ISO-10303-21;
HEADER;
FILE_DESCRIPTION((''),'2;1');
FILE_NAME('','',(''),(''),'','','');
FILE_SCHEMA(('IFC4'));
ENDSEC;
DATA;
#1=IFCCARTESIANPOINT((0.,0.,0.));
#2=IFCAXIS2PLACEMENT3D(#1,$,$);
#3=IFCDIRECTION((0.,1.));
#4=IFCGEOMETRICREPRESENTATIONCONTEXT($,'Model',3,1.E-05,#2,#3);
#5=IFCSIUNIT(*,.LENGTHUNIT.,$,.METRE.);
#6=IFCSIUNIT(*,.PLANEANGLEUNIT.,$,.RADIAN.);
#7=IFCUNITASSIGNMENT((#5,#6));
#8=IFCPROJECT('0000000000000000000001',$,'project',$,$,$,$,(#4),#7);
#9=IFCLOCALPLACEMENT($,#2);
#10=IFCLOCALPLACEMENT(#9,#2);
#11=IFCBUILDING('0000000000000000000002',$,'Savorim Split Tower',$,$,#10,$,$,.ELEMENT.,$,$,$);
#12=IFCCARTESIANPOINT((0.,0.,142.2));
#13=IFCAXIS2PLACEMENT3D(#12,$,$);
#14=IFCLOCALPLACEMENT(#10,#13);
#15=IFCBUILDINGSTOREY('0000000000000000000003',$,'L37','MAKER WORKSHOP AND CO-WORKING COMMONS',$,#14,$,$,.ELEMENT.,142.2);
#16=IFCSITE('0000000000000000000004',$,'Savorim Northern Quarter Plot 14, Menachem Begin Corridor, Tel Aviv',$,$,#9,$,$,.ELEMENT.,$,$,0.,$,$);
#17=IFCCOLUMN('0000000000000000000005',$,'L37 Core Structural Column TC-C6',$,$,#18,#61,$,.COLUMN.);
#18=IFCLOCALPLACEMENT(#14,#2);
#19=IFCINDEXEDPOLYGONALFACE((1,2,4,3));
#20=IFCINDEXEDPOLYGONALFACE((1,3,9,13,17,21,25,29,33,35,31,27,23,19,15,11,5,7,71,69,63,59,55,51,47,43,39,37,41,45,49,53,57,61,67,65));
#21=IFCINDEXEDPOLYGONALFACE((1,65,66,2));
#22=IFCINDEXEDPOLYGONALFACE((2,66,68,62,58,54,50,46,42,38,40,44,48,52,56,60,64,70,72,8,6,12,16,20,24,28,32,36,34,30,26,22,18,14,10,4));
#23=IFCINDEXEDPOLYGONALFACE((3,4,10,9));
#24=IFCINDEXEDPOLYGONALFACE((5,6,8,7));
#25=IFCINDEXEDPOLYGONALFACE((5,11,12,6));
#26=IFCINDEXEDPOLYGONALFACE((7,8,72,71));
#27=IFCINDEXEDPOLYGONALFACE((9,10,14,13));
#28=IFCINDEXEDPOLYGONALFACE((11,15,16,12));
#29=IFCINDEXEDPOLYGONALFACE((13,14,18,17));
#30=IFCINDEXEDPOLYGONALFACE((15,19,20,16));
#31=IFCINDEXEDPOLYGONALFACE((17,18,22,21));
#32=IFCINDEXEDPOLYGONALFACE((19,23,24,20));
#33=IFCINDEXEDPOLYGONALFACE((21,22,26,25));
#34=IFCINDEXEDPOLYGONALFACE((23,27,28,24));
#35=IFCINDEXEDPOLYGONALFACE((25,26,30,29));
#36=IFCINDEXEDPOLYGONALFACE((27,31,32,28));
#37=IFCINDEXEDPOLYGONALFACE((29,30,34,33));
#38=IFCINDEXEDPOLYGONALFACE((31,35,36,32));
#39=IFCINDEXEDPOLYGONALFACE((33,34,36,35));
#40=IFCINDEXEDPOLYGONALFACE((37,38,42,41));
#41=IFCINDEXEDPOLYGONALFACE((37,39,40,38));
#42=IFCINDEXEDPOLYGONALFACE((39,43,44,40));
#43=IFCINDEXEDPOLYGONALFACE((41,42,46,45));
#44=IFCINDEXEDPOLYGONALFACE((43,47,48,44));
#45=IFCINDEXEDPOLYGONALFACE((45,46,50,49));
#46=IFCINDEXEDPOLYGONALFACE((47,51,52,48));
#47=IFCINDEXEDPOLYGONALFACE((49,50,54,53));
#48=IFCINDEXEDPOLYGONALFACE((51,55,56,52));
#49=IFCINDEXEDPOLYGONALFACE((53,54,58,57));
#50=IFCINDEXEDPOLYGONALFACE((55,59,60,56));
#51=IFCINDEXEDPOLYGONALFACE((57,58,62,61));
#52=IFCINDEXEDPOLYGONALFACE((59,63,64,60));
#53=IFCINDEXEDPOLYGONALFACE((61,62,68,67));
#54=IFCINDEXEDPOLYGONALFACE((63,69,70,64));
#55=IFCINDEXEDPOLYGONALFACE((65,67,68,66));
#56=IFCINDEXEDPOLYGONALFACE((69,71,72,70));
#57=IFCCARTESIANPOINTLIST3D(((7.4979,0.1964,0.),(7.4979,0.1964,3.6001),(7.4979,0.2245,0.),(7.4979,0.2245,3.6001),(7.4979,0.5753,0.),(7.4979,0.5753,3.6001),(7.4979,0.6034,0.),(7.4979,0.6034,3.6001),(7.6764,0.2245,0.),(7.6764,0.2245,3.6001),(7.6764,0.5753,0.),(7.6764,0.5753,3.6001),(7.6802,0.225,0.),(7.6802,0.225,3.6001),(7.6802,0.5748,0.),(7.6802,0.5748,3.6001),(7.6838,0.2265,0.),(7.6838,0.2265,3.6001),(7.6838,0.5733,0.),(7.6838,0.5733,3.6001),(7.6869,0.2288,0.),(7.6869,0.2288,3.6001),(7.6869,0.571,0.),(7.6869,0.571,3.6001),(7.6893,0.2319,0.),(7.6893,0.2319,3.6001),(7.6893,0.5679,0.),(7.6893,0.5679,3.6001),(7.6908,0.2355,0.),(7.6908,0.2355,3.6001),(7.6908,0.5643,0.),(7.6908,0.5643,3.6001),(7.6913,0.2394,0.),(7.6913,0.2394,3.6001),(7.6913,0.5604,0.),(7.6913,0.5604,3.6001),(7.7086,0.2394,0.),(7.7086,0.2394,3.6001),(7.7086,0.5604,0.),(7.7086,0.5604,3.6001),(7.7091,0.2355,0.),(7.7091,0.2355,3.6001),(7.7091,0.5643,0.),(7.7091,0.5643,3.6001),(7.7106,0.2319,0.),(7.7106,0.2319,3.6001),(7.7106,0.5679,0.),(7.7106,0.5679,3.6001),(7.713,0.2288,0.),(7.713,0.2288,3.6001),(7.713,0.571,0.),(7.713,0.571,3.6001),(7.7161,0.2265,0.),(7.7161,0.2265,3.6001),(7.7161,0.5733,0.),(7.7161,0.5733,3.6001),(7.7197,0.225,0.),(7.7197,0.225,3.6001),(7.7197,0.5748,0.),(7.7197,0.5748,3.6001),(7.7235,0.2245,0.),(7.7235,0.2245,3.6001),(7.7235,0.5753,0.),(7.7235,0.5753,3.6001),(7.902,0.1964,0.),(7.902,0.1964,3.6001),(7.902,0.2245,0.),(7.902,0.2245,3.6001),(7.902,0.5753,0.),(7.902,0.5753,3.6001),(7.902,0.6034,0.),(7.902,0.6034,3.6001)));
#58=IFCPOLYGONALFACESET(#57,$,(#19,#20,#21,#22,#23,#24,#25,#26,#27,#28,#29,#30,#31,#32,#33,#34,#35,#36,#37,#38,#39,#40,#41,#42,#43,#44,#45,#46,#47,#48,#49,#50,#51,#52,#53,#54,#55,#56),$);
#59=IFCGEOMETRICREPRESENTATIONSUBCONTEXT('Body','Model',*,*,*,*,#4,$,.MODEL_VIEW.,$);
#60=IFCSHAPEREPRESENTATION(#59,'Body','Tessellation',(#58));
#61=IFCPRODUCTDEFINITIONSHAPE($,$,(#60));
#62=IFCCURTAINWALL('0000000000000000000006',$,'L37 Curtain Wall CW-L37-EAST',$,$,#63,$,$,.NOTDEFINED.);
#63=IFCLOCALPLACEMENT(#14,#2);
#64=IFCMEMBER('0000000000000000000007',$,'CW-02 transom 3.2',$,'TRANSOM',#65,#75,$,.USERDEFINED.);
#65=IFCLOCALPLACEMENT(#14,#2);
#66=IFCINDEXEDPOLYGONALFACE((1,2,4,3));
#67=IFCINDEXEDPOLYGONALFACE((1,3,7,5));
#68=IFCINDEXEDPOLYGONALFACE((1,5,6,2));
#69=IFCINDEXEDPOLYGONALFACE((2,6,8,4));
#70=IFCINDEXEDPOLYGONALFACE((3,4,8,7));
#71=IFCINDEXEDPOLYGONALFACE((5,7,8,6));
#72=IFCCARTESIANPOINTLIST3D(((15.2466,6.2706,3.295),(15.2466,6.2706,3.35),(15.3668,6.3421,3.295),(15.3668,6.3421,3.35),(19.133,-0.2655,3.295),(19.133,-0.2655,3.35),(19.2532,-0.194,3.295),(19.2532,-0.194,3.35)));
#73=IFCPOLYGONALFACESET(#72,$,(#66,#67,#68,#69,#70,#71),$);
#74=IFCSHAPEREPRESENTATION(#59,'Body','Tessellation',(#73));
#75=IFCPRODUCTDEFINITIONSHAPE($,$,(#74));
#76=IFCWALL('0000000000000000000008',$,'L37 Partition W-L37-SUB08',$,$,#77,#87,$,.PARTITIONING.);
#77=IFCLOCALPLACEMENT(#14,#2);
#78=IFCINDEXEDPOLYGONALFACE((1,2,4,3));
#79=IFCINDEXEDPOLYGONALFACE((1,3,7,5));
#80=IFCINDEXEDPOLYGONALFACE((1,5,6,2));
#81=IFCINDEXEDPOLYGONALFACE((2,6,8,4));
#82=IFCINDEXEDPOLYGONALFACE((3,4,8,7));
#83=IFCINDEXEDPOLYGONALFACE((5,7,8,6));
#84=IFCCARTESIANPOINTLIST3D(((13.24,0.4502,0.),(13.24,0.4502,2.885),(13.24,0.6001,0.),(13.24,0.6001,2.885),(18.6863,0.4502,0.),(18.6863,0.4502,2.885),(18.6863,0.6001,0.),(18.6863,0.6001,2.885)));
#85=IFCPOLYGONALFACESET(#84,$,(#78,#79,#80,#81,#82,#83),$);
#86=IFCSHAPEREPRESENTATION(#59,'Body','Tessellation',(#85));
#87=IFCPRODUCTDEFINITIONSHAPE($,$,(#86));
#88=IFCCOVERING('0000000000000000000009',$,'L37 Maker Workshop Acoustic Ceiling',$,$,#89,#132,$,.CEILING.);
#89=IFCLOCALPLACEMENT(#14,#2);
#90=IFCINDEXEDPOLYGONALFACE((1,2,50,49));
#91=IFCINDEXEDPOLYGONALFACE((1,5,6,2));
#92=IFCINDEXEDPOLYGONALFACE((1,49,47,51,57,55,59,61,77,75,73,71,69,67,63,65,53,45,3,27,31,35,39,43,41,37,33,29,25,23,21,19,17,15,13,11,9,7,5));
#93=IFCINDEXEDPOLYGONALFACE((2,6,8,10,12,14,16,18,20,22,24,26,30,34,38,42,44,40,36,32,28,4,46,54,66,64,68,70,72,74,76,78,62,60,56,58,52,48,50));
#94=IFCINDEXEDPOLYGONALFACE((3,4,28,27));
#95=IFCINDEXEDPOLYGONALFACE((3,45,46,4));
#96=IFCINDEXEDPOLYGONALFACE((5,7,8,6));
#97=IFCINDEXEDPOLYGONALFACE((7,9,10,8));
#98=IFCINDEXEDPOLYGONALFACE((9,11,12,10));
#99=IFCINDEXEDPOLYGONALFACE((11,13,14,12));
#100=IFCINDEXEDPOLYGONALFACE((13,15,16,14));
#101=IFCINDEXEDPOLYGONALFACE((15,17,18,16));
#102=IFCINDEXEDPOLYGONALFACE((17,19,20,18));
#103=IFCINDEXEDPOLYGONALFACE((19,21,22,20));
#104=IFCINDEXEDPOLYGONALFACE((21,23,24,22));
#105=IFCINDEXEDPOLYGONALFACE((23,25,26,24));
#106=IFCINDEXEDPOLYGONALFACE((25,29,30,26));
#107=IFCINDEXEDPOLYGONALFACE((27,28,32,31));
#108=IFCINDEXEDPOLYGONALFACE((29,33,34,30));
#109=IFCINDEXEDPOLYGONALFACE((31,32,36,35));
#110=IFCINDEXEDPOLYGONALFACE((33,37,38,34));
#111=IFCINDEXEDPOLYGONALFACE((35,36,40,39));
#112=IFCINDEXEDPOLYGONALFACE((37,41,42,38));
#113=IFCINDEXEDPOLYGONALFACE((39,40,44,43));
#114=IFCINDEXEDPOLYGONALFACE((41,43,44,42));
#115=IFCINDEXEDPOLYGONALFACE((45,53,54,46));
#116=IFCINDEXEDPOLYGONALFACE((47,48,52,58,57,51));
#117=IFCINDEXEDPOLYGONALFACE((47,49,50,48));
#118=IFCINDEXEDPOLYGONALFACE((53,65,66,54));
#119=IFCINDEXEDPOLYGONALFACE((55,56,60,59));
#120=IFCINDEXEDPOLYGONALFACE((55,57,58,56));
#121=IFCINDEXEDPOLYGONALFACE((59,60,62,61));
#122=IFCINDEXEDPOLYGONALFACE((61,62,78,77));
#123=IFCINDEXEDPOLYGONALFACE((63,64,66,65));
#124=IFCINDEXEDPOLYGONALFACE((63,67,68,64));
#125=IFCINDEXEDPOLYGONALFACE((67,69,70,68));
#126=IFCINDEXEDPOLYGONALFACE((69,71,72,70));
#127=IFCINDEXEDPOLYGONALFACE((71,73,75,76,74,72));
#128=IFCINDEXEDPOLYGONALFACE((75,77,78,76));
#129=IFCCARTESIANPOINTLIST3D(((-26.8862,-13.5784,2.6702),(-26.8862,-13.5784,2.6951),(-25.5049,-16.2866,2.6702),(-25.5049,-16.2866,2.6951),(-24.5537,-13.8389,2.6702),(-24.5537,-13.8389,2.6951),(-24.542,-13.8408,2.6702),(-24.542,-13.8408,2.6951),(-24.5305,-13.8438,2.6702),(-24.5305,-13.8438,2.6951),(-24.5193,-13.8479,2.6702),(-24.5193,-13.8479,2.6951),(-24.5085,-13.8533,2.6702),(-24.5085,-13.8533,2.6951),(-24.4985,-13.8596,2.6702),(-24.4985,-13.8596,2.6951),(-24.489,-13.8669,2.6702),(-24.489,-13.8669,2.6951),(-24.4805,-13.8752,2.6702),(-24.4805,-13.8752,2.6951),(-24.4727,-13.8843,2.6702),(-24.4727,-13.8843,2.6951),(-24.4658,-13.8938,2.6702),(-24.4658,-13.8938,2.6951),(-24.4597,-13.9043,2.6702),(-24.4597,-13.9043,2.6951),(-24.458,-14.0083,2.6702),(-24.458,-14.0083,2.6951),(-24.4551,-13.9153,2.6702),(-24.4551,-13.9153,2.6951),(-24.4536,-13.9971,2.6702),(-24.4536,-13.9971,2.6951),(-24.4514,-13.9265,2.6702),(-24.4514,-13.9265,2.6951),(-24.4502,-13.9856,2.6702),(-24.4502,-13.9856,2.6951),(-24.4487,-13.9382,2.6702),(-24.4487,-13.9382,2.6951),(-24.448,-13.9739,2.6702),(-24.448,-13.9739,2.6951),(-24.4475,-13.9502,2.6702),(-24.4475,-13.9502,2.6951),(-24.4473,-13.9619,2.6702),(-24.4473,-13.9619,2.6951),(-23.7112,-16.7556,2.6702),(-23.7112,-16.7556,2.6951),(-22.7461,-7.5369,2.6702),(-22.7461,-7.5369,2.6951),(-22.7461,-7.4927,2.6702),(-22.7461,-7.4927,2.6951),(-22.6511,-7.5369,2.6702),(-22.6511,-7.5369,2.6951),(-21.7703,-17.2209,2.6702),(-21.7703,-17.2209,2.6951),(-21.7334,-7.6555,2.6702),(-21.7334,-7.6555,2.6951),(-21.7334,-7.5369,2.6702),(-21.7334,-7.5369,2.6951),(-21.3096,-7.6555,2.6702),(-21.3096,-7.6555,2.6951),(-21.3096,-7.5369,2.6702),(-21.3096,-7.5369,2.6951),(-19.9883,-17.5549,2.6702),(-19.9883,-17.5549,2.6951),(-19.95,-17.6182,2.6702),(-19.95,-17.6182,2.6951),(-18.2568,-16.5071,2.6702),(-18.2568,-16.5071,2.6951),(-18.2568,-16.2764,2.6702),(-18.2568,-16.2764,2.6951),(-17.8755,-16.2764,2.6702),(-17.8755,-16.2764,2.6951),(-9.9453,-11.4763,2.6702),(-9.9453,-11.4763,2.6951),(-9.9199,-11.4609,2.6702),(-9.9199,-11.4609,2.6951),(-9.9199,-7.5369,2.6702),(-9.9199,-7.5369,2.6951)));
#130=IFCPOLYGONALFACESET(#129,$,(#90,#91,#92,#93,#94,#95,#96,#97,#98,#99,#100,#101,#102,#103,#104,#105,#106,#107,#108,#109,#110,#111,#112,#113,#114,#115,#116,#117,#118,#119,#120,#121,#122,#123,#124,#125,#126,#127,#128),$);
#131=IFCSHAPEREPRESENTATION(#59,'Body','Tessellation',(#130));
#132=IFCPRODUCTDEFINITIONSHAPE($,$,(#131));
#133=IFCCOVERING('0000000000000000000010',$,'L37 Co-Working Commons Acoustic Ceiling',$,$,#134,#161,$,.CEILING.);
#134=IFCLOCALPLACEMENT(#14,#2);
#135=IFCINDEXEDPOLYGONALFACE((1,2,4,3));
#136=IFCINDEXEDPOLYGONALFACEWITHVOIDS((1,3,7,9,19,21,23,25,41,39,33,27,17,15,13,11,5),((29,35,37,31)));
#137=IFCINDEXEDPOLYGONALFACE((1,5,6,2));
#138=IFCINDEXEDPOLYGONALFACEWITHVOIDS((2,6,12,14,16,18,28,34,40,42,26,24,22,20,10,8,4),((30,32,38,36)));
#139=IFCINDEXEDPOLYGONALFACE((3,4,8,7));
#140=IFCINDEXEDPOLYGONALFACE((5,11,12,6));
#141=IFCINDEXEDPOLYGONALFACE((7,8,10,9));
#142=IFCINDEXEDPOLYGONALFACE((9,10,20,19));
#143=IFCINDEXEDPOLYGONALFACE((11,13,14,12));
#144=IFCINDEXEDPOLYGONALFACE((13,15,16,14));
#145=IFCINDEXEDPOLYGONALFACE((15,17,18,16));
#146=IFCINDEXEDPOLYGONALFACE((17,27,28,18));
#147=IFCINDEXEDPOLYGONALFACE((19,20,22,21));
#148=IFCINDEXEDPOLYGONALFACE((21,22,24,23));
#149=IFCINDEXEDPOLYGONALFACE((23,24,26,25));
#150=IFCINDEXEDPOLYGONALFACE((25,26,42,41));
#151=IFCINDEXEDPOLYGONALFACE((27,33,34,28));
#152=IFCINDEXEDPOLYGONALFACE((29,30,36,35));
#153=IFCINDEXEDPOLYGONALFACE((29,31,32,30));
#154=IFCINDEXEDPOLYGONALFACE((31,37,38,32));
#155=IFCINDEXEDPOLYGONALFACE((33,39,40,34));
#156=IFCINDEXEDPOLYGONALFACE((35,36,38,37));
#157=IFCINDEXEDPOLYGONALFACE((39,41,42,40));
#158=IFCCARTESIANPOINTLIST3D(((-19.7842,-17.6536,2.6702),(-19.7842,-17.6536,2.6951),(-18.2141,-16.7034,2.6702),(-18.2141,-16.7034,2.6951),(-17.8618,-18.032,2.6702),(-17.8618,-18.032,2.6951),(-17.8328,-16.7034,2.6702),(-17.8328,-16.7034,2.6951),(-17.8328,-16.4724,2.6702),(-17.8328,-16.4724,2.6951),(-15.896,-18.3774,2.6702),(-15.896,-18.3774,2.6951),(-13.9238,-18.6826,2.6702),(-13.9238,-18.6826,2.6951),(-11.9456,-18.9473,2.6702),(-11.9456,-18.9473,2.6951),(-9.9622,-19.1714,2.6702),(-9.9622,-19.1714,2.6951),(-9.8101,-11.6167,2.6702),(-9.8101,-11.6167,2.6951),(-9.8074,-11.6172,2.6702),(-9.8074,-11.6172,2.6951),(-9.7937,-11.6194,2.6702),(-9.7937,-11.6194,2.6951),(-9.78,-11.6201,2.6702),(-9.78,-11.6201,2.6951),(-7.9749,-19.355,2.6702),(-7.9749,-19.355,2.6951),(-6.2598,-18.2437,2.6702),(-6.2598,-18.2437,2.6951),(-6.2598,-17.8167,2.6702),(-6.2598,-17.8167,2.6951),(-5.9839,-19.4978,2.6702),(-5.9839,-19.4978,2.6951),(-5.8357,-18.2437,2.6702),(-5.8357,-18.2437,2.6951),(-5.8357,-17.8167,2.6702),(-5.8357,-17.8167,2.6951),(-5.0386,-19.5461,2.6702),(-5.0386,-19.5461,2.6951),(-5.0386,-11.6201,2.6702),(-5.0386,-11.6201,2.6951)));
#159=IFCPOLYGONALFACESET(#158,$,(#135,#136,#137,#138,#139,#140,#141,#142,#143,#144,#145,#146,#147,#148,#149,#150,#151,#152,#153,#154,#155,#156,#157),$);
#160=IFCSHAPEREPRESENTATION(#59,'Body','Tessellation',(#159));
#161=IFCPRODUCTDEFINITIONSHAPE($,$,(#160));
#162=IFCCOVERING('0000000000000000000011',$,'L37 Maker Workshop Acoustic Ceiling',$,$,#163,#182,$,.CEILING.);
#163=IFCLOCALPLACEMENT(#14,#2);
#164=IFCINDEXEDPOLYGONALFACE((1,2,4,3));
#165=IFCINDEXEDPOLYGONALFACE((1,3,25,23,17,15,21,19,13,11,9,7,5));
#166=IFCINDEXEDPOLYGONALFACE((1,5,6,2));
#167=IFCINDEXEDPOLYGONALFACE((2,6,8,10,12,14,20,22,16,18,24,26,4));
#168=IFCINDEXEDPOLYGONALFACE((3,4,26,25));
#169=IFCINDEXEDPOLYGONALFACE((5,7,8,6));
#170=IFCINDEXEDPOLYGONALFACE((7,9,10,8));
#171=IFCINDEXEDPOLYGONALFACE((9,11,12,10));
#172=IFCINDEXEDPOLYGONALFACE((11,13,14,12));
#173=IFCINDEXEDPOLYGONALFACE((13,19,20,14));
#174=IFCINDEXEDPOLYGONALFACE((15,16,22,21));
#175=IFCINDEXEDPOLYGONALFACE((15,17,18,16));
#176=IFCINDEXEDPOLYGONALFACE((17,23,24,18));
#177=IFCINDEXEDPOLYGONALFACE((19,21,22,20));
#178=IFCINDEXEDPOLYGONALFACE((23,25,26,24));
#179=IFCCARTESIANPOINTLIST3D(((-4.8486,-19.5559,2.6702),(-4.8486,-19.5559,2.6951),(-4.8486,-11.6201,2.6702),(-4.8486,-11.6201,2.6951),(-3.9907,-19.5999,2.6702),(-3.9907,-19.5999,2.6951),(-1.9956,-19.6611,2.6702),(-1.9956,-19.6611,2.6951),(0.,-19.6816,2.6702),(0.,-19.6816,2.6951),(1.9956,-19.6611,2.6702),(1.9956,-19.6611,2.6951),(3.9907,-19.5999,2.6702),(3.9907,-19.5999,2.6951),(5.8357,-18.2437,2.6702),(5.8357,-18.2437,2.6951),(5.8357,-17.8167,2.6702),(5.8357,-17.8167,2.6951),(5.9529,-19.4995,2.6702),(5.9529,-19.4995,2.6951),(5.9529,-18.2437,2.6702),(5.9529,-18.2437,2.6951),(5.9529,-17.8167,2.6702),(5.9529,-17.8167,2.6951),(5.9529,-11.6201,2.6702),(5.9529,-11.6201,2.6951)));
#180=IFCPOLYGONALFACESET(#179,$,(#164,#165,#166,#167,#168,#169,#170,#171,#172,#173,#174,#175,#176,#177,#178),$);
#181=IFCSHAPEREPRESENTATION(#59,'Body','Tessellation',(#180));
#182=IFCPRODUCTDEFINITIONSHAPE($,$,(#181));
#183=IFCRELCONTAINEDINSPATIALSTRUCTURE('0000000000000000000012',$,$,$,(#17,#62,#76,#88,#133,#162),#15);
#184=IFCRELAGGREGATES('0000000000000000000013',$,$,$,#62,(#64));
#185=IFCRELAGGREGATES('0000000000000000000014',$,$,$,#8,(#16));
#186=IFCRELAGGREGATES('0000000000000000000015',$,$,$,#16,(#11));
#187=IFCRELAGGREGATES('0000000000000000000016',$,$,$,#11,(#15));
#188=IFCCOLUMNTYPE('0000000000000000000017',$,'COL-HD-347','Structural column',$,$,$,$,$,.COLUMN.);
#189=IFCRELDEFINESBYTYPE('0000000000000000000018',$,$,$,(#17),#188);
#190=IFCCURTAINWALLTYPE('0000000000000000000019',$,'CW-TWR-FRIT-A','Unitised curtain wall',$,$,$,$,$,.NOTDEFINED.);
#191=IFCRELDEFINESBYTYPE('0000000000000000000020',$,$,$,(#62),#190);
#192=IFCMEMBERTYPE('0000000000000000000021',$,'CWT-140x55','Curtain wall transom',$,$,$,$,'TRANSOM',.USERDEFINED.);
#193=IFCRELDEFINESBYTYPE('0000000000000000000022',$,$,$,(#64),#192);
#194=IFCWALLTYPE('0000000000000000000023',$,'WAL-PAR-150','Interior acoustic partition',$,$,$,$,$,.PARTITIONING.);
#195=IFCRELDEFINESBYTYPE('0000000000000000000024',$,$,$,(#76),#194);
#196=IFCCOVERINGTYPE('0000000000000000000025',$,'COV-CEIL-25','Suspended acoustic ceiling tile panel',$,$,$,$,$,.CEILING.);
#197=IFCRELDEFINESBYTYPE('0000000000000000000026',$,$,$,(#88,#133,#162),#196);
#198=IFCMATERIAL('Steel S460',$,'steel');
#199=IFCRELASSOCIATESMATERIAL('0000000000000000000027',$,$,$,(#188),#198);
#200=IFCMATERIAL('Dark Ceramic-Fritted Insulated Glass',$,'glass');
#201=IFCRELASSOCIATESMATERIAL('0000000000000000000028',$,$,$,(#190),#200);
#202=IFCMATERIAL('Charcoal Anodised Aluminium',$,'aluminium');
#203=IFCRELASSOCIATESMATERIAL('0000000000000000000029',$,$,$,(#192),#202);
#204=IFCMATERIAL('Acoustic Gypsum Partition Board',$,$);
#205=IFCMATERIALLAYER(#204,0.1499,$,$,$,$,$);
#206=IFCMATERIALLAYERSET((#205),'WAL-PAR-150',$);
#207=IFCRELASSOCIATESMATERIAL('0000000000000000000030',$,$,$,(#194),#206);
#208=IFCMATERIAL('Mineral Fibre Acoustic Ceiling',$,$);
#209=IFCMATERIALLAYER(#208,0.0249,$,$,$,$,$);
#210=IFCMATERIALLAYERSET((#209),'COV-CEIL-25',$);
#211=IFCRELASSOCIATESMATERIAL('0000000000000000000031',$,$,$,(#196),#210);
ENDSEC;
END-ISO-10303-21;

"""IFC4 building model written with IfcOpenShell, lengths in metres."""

from ifc_helpers import new_model, si_unit, direction, frame, frame_2d, origin, origin_2d, place, context, subcontext, project, spatial, polyline, rectangle, i_section, outline, extrude, material, layer, layer_set, material_profile, profile_set, type_object, element, aggregate, save


model = new_model("IFC4")

# Units and contexts
model_context = context("Model", 3, precision=1e-05, world=origin(), true_north=direction((0.0, 1.0)))
body_context = subcontext(model_context, "Body", "Model", "MODEL_VIEW")
ifc_project = project(units=[si_unit("LENGTHUNIT", "METRE"), si_unit("PLANEANGLEUNIT", "RADIAN")], contexts=[model_context])

# Site, building, storey
site_placement = place(None, origin())
site = spatial("IfcSite", under=ifc_project, at=site_placement, Name="Savorim Northern Quarter Plot 14, Menachem Begin Corridor, Tel Aviv", CompositionType="ELEMENT", RefElevation=0.0)
building_placement = place(site_placement, origin())
building = spatial("IfcBuilding", under=site, at=building_placement, Name="Savorim Split Tower", CompositionType="ELEMENT")
storey_placement = place(building_placement, frame((0.0, 0.0, 142.2)))
storey = spatial("IfcBuildingStorey", under=building, at=storey_placement, Name="L37", Description="MAKER WORKSHOP AND CO-WORKING COMMONS", CompositionType="ELEMENT", Elevation=142.2)

# Column
ifc_material_1 = material(Name="Steel S460", Category="steel")
ifc_material_profile_1 = material_profile(ifc_material_1, i_section(OverallWidth=0.4041, OverallDepth=0.407, WebThickness=0.0173, FlangeThickness=0.0281, FilletRadius=0.0149, at=origin_2d()), Name="HD 400x347")
ifc_profile_set_1 = profile_set([ifc_material_profile_1], Name="Steel S460")
column_type = type_object("IfcColumnType", Name="COL-HD-347", Description="Structural column", PredefinedType="COLUMN", material=ifc_profile_set_1)
column_placement = place(storey_placement, frame((7.7, 0.3999, 0.0), z_axis=(0.0, 0.0, 1.0), x_axis=(1.0, 0.0, 0.0)))
element("IfcColumn", 1, at=column_placement, inside=storey, type_object=column_type, Name="L37 Core Structural Column TC-C6", PredefinedType="COLUMN", context=body_context, shape_type="SweptSolid", body=[
    extrude(i_section(OverallWidth=0.4041, OverallDepth=0.407, WebThickness=0.0173, FlangeThickness=0.0281, FilletRadius=0.0149, at=origin_2d()), origin(), (0.0, 0.0, 1.0), 3.6001),
])

# Curtain wall, member
ifc_material_2 = material(Name="Dark Ceramic-Fritted Insulated Glass", Category="glass")
curtain_wall_type = type_object("IfcCurtainWallType", Name="CW-TWR-FRIT-A", Description="Unitised curtain wall", PredefinedType="NOTDEFINED", material=ifc_material_2)
curtain_wall_placement = place(storey_placement, origin())
curtain_wall = element("IfcCurtainWall", 2, at=curtain_wall_placement, inside=storey, type_object=curtain_wall_type, Name="L37 Curtain Wall CW-L37-EAST", PredefinedType="NOTDEFINED")
ifc_material_3 = material(Name="Charcoal Anodised Aluminium", Category="aluminium")
ifc_material_profile_2 = material_profile(ifc_material_3, rectangle(XDim=0.1399, YDim=0.0549, at=origin_2d()), Name="ALU-T 140x55")
ifc_profile_set_2 = profile_set([ifc_material_profile_2], Name="Charcoal Anodised Aluminium")
member_type = type_object("IfcMemberType", Name="CWT-140x55", Description="Curtain wall transom", ElementType="TRANSOM", PredefinedType="USERDEFINED", material=ifc_profile_set_2)
member_placement = place(storey_placement, frame((19.1931, -0.2297, 3.3225), z_axis=(-0.511088, 0.859529, 0.0), x_axis=(-0.859529, -0.511088, 0.0)))
member = element("IfcMember", 3, at=member_placement, type_object=member_type, Name="CW-02 transom 3.2", ObjectType="TRANSOM", PredefinedType="USERDEFINED", context=body_context, shape_type="SweptSolid", body=[
    extrude(rectangle(XDim=0.1399, YDim=0.0549, at=origin_2d()), origin(), (0.0, 0.0, 1.0), 7.6042),
])
aggregate(curtain_wall, [member])

# Wall
ifc_material_4 = material(Name="Acoustic Gypsum Partition Board")
ifc_layer_1 = layer(ifc_material_4, 0.1499)
ifc_layer_set_1 = layer_set([ifc_layer_1], Name="WAL-PAR-150")
wall_type = type_object("IfcWallType", Name="WAL-PAR-150", Description="Interior acoustic partition", PredefinedType="PARTITIONING", material=ifc_layer_set_1)
wall_placement = place(storey_placement, frame((13.24, 0.5251, 0.0), z_axis=(0.0, 0.0, 1.0), x_axis=(1.0, 0.0, 0.0)))
element("IfcWall", 4, at=wall_placement, inside=storey, type_object=wall_type, Name="L37 Partition W-L37-SUB08", PredefinedType="PARTITIONING", context=body_context, shape_type="SweptSolid", body=[
    extrude(rectangle(XDim=5.4463, YDim=0.1499, at=frame_2d((2.7231, 0.0))), origin(), (0.0, 0.0, 1.0), 2.885),
])

# Coverings
ifc_material_5 = material(Name="Mineral Fibre Acoustic Ceiling")
ifc_layer_2 = layer(ifc_material_5, 0.0249)
ifc_layer_set_2 = layer_set([ifc_layer_2], Name="COV-CEIL-25")
covering_type_1 = type_object("IfcCoveringType", Name="COV-CEIL-25", Description="Suspended acoustic ceiling tile panel", PredefinedType="CEILING", material=ifc_layer_set_2)
covering_1_placement = place(storey_placement, frame((0.0, 0.0, 2.6702)))
element("IfcCovering", 5, at=covering_1_placement, inside=storey, type_object=covering_type_1, Name="L37 Maker Workshop Acoustic Ceiling", PredefinedType="CEILING", context=body_context, shape_type="SweptSolid", body=[
    extrude(outline(polyline([(-24.4473, -13.9619), (-24.448, -13.9739), (-24.4502, -13.9856), (-24.4536, -13.9971), (-24.458, -14.0083), (-25.5049, -16.2866), (-23.7112, -16.7556), (-21.7703, -17.2209), (-19.95, -17.6182), (-19.9883, -17.5549), (-18.2568, -16.5071), (-18.2568, -16.2764), (-17.8755, -16.2764), (-9.9453, -11.4763), (-9.9199, -11.4609), (-9.9199, -7.5369), (-21.3096, -7.5369), (-21.3096, -7.6555), (-21.7334, -7.6555), (-21.7334, -7.5369), (-22.6511, -7.5369), (-22.7461, -7.5369), (-22.7461, -7.4927), (-26.8862, -13.5784), (-24.5537, -13.8389), (-24.542, -13.8408), (-24.5305, -13.8438), (-24.5193, -13.8479), (-24.5085, -13.8533), (-24.4985, -13.8596), (-24.489, -13.8669), (-24.4805, -13.8752), (-24.4727, -13.8843), (-24.4658, -13.8938), (-24.4597, -13.9043), (-24.4551, -13.9153), (-24.4514, -13.9265), (-24.4487, -13.9382), (-24.4475, -13.9502), (-24.4473, -13.9619)])), origin(), (0.0, 0.0, 1.0), 0.0249),
])
covering_2_placement = place(storey_placement, frame((0.0, 0.0, 2.6702)))
element("IfcCovering", 6, at=covering_2_placement, inside=storey, type_object=covering_type_1, Name="L37 Co-Working Commons Acoustic Ceiling", PredefinedType="CEILING", context=body_context, shape_type="SweptSolid", body=[
    extrude(outline(polyline([(-9.9622, -19.1714), (-7.9749, -19.355), (-5.9839, -19.4978), (-5.0386, -19.5461), (-5.0386, -11.6201), (-9.78, -11.6201), (-9.7937, -11.6194), (-9.8074, -11.6172), (-9.8101, -11.6167), (-17.8328, -16.4724), (-17.8328, -16.7034), (-18.2141, -16.7034), (-19.7842, -17.6536), (-17.8618, -18.032), (-15.896, -18.3774), (-13.9238, -18.6826), (-11.9456, -18.9473), (-9.9622, -19.1714)]), holes=[polyline([(-6.2598, -18.2437), (-5.8357, -18.2437), (-5.8357, -17.8167), (-6.2598, -17.8167), (-6.2598, -18.2437)])]), origin(), (0.0, 0.0, 1.0), 0.0249),
])
covering_3_placement = place(storey_placement, frame((0.0, 0.0, 2.6702)))
element("IfcCovering", 7, at=covering_3_placement, inside=storey, type_object=covering_type_1, Name="L37 Maker Workshop Acoustic Ceiling", PredefinedType="CEILING", context=body_context, shape_type="SweptSolid", body=[
    extrude(outline(polyline([(-1.9956, -19.6611), (0.0, -19.6816), (1.9956, -19.6611), (3.9907, -19.5999), (5.9529, -19.4995), (5.9529, -18.2437), (5.8357, -18.2437), (5.8357, -17.8167), (5.9529, -17.8167), (5.9529, -11.6201), (-4.8486, -11.6201), (-4.8486, -19.5559), (-3.9907, -19.5999), (-1.9956, -19.6611)])), origin(), (0.0, 0.0, 1.0), 0.0249),
])

save(model, "model.ifc")
